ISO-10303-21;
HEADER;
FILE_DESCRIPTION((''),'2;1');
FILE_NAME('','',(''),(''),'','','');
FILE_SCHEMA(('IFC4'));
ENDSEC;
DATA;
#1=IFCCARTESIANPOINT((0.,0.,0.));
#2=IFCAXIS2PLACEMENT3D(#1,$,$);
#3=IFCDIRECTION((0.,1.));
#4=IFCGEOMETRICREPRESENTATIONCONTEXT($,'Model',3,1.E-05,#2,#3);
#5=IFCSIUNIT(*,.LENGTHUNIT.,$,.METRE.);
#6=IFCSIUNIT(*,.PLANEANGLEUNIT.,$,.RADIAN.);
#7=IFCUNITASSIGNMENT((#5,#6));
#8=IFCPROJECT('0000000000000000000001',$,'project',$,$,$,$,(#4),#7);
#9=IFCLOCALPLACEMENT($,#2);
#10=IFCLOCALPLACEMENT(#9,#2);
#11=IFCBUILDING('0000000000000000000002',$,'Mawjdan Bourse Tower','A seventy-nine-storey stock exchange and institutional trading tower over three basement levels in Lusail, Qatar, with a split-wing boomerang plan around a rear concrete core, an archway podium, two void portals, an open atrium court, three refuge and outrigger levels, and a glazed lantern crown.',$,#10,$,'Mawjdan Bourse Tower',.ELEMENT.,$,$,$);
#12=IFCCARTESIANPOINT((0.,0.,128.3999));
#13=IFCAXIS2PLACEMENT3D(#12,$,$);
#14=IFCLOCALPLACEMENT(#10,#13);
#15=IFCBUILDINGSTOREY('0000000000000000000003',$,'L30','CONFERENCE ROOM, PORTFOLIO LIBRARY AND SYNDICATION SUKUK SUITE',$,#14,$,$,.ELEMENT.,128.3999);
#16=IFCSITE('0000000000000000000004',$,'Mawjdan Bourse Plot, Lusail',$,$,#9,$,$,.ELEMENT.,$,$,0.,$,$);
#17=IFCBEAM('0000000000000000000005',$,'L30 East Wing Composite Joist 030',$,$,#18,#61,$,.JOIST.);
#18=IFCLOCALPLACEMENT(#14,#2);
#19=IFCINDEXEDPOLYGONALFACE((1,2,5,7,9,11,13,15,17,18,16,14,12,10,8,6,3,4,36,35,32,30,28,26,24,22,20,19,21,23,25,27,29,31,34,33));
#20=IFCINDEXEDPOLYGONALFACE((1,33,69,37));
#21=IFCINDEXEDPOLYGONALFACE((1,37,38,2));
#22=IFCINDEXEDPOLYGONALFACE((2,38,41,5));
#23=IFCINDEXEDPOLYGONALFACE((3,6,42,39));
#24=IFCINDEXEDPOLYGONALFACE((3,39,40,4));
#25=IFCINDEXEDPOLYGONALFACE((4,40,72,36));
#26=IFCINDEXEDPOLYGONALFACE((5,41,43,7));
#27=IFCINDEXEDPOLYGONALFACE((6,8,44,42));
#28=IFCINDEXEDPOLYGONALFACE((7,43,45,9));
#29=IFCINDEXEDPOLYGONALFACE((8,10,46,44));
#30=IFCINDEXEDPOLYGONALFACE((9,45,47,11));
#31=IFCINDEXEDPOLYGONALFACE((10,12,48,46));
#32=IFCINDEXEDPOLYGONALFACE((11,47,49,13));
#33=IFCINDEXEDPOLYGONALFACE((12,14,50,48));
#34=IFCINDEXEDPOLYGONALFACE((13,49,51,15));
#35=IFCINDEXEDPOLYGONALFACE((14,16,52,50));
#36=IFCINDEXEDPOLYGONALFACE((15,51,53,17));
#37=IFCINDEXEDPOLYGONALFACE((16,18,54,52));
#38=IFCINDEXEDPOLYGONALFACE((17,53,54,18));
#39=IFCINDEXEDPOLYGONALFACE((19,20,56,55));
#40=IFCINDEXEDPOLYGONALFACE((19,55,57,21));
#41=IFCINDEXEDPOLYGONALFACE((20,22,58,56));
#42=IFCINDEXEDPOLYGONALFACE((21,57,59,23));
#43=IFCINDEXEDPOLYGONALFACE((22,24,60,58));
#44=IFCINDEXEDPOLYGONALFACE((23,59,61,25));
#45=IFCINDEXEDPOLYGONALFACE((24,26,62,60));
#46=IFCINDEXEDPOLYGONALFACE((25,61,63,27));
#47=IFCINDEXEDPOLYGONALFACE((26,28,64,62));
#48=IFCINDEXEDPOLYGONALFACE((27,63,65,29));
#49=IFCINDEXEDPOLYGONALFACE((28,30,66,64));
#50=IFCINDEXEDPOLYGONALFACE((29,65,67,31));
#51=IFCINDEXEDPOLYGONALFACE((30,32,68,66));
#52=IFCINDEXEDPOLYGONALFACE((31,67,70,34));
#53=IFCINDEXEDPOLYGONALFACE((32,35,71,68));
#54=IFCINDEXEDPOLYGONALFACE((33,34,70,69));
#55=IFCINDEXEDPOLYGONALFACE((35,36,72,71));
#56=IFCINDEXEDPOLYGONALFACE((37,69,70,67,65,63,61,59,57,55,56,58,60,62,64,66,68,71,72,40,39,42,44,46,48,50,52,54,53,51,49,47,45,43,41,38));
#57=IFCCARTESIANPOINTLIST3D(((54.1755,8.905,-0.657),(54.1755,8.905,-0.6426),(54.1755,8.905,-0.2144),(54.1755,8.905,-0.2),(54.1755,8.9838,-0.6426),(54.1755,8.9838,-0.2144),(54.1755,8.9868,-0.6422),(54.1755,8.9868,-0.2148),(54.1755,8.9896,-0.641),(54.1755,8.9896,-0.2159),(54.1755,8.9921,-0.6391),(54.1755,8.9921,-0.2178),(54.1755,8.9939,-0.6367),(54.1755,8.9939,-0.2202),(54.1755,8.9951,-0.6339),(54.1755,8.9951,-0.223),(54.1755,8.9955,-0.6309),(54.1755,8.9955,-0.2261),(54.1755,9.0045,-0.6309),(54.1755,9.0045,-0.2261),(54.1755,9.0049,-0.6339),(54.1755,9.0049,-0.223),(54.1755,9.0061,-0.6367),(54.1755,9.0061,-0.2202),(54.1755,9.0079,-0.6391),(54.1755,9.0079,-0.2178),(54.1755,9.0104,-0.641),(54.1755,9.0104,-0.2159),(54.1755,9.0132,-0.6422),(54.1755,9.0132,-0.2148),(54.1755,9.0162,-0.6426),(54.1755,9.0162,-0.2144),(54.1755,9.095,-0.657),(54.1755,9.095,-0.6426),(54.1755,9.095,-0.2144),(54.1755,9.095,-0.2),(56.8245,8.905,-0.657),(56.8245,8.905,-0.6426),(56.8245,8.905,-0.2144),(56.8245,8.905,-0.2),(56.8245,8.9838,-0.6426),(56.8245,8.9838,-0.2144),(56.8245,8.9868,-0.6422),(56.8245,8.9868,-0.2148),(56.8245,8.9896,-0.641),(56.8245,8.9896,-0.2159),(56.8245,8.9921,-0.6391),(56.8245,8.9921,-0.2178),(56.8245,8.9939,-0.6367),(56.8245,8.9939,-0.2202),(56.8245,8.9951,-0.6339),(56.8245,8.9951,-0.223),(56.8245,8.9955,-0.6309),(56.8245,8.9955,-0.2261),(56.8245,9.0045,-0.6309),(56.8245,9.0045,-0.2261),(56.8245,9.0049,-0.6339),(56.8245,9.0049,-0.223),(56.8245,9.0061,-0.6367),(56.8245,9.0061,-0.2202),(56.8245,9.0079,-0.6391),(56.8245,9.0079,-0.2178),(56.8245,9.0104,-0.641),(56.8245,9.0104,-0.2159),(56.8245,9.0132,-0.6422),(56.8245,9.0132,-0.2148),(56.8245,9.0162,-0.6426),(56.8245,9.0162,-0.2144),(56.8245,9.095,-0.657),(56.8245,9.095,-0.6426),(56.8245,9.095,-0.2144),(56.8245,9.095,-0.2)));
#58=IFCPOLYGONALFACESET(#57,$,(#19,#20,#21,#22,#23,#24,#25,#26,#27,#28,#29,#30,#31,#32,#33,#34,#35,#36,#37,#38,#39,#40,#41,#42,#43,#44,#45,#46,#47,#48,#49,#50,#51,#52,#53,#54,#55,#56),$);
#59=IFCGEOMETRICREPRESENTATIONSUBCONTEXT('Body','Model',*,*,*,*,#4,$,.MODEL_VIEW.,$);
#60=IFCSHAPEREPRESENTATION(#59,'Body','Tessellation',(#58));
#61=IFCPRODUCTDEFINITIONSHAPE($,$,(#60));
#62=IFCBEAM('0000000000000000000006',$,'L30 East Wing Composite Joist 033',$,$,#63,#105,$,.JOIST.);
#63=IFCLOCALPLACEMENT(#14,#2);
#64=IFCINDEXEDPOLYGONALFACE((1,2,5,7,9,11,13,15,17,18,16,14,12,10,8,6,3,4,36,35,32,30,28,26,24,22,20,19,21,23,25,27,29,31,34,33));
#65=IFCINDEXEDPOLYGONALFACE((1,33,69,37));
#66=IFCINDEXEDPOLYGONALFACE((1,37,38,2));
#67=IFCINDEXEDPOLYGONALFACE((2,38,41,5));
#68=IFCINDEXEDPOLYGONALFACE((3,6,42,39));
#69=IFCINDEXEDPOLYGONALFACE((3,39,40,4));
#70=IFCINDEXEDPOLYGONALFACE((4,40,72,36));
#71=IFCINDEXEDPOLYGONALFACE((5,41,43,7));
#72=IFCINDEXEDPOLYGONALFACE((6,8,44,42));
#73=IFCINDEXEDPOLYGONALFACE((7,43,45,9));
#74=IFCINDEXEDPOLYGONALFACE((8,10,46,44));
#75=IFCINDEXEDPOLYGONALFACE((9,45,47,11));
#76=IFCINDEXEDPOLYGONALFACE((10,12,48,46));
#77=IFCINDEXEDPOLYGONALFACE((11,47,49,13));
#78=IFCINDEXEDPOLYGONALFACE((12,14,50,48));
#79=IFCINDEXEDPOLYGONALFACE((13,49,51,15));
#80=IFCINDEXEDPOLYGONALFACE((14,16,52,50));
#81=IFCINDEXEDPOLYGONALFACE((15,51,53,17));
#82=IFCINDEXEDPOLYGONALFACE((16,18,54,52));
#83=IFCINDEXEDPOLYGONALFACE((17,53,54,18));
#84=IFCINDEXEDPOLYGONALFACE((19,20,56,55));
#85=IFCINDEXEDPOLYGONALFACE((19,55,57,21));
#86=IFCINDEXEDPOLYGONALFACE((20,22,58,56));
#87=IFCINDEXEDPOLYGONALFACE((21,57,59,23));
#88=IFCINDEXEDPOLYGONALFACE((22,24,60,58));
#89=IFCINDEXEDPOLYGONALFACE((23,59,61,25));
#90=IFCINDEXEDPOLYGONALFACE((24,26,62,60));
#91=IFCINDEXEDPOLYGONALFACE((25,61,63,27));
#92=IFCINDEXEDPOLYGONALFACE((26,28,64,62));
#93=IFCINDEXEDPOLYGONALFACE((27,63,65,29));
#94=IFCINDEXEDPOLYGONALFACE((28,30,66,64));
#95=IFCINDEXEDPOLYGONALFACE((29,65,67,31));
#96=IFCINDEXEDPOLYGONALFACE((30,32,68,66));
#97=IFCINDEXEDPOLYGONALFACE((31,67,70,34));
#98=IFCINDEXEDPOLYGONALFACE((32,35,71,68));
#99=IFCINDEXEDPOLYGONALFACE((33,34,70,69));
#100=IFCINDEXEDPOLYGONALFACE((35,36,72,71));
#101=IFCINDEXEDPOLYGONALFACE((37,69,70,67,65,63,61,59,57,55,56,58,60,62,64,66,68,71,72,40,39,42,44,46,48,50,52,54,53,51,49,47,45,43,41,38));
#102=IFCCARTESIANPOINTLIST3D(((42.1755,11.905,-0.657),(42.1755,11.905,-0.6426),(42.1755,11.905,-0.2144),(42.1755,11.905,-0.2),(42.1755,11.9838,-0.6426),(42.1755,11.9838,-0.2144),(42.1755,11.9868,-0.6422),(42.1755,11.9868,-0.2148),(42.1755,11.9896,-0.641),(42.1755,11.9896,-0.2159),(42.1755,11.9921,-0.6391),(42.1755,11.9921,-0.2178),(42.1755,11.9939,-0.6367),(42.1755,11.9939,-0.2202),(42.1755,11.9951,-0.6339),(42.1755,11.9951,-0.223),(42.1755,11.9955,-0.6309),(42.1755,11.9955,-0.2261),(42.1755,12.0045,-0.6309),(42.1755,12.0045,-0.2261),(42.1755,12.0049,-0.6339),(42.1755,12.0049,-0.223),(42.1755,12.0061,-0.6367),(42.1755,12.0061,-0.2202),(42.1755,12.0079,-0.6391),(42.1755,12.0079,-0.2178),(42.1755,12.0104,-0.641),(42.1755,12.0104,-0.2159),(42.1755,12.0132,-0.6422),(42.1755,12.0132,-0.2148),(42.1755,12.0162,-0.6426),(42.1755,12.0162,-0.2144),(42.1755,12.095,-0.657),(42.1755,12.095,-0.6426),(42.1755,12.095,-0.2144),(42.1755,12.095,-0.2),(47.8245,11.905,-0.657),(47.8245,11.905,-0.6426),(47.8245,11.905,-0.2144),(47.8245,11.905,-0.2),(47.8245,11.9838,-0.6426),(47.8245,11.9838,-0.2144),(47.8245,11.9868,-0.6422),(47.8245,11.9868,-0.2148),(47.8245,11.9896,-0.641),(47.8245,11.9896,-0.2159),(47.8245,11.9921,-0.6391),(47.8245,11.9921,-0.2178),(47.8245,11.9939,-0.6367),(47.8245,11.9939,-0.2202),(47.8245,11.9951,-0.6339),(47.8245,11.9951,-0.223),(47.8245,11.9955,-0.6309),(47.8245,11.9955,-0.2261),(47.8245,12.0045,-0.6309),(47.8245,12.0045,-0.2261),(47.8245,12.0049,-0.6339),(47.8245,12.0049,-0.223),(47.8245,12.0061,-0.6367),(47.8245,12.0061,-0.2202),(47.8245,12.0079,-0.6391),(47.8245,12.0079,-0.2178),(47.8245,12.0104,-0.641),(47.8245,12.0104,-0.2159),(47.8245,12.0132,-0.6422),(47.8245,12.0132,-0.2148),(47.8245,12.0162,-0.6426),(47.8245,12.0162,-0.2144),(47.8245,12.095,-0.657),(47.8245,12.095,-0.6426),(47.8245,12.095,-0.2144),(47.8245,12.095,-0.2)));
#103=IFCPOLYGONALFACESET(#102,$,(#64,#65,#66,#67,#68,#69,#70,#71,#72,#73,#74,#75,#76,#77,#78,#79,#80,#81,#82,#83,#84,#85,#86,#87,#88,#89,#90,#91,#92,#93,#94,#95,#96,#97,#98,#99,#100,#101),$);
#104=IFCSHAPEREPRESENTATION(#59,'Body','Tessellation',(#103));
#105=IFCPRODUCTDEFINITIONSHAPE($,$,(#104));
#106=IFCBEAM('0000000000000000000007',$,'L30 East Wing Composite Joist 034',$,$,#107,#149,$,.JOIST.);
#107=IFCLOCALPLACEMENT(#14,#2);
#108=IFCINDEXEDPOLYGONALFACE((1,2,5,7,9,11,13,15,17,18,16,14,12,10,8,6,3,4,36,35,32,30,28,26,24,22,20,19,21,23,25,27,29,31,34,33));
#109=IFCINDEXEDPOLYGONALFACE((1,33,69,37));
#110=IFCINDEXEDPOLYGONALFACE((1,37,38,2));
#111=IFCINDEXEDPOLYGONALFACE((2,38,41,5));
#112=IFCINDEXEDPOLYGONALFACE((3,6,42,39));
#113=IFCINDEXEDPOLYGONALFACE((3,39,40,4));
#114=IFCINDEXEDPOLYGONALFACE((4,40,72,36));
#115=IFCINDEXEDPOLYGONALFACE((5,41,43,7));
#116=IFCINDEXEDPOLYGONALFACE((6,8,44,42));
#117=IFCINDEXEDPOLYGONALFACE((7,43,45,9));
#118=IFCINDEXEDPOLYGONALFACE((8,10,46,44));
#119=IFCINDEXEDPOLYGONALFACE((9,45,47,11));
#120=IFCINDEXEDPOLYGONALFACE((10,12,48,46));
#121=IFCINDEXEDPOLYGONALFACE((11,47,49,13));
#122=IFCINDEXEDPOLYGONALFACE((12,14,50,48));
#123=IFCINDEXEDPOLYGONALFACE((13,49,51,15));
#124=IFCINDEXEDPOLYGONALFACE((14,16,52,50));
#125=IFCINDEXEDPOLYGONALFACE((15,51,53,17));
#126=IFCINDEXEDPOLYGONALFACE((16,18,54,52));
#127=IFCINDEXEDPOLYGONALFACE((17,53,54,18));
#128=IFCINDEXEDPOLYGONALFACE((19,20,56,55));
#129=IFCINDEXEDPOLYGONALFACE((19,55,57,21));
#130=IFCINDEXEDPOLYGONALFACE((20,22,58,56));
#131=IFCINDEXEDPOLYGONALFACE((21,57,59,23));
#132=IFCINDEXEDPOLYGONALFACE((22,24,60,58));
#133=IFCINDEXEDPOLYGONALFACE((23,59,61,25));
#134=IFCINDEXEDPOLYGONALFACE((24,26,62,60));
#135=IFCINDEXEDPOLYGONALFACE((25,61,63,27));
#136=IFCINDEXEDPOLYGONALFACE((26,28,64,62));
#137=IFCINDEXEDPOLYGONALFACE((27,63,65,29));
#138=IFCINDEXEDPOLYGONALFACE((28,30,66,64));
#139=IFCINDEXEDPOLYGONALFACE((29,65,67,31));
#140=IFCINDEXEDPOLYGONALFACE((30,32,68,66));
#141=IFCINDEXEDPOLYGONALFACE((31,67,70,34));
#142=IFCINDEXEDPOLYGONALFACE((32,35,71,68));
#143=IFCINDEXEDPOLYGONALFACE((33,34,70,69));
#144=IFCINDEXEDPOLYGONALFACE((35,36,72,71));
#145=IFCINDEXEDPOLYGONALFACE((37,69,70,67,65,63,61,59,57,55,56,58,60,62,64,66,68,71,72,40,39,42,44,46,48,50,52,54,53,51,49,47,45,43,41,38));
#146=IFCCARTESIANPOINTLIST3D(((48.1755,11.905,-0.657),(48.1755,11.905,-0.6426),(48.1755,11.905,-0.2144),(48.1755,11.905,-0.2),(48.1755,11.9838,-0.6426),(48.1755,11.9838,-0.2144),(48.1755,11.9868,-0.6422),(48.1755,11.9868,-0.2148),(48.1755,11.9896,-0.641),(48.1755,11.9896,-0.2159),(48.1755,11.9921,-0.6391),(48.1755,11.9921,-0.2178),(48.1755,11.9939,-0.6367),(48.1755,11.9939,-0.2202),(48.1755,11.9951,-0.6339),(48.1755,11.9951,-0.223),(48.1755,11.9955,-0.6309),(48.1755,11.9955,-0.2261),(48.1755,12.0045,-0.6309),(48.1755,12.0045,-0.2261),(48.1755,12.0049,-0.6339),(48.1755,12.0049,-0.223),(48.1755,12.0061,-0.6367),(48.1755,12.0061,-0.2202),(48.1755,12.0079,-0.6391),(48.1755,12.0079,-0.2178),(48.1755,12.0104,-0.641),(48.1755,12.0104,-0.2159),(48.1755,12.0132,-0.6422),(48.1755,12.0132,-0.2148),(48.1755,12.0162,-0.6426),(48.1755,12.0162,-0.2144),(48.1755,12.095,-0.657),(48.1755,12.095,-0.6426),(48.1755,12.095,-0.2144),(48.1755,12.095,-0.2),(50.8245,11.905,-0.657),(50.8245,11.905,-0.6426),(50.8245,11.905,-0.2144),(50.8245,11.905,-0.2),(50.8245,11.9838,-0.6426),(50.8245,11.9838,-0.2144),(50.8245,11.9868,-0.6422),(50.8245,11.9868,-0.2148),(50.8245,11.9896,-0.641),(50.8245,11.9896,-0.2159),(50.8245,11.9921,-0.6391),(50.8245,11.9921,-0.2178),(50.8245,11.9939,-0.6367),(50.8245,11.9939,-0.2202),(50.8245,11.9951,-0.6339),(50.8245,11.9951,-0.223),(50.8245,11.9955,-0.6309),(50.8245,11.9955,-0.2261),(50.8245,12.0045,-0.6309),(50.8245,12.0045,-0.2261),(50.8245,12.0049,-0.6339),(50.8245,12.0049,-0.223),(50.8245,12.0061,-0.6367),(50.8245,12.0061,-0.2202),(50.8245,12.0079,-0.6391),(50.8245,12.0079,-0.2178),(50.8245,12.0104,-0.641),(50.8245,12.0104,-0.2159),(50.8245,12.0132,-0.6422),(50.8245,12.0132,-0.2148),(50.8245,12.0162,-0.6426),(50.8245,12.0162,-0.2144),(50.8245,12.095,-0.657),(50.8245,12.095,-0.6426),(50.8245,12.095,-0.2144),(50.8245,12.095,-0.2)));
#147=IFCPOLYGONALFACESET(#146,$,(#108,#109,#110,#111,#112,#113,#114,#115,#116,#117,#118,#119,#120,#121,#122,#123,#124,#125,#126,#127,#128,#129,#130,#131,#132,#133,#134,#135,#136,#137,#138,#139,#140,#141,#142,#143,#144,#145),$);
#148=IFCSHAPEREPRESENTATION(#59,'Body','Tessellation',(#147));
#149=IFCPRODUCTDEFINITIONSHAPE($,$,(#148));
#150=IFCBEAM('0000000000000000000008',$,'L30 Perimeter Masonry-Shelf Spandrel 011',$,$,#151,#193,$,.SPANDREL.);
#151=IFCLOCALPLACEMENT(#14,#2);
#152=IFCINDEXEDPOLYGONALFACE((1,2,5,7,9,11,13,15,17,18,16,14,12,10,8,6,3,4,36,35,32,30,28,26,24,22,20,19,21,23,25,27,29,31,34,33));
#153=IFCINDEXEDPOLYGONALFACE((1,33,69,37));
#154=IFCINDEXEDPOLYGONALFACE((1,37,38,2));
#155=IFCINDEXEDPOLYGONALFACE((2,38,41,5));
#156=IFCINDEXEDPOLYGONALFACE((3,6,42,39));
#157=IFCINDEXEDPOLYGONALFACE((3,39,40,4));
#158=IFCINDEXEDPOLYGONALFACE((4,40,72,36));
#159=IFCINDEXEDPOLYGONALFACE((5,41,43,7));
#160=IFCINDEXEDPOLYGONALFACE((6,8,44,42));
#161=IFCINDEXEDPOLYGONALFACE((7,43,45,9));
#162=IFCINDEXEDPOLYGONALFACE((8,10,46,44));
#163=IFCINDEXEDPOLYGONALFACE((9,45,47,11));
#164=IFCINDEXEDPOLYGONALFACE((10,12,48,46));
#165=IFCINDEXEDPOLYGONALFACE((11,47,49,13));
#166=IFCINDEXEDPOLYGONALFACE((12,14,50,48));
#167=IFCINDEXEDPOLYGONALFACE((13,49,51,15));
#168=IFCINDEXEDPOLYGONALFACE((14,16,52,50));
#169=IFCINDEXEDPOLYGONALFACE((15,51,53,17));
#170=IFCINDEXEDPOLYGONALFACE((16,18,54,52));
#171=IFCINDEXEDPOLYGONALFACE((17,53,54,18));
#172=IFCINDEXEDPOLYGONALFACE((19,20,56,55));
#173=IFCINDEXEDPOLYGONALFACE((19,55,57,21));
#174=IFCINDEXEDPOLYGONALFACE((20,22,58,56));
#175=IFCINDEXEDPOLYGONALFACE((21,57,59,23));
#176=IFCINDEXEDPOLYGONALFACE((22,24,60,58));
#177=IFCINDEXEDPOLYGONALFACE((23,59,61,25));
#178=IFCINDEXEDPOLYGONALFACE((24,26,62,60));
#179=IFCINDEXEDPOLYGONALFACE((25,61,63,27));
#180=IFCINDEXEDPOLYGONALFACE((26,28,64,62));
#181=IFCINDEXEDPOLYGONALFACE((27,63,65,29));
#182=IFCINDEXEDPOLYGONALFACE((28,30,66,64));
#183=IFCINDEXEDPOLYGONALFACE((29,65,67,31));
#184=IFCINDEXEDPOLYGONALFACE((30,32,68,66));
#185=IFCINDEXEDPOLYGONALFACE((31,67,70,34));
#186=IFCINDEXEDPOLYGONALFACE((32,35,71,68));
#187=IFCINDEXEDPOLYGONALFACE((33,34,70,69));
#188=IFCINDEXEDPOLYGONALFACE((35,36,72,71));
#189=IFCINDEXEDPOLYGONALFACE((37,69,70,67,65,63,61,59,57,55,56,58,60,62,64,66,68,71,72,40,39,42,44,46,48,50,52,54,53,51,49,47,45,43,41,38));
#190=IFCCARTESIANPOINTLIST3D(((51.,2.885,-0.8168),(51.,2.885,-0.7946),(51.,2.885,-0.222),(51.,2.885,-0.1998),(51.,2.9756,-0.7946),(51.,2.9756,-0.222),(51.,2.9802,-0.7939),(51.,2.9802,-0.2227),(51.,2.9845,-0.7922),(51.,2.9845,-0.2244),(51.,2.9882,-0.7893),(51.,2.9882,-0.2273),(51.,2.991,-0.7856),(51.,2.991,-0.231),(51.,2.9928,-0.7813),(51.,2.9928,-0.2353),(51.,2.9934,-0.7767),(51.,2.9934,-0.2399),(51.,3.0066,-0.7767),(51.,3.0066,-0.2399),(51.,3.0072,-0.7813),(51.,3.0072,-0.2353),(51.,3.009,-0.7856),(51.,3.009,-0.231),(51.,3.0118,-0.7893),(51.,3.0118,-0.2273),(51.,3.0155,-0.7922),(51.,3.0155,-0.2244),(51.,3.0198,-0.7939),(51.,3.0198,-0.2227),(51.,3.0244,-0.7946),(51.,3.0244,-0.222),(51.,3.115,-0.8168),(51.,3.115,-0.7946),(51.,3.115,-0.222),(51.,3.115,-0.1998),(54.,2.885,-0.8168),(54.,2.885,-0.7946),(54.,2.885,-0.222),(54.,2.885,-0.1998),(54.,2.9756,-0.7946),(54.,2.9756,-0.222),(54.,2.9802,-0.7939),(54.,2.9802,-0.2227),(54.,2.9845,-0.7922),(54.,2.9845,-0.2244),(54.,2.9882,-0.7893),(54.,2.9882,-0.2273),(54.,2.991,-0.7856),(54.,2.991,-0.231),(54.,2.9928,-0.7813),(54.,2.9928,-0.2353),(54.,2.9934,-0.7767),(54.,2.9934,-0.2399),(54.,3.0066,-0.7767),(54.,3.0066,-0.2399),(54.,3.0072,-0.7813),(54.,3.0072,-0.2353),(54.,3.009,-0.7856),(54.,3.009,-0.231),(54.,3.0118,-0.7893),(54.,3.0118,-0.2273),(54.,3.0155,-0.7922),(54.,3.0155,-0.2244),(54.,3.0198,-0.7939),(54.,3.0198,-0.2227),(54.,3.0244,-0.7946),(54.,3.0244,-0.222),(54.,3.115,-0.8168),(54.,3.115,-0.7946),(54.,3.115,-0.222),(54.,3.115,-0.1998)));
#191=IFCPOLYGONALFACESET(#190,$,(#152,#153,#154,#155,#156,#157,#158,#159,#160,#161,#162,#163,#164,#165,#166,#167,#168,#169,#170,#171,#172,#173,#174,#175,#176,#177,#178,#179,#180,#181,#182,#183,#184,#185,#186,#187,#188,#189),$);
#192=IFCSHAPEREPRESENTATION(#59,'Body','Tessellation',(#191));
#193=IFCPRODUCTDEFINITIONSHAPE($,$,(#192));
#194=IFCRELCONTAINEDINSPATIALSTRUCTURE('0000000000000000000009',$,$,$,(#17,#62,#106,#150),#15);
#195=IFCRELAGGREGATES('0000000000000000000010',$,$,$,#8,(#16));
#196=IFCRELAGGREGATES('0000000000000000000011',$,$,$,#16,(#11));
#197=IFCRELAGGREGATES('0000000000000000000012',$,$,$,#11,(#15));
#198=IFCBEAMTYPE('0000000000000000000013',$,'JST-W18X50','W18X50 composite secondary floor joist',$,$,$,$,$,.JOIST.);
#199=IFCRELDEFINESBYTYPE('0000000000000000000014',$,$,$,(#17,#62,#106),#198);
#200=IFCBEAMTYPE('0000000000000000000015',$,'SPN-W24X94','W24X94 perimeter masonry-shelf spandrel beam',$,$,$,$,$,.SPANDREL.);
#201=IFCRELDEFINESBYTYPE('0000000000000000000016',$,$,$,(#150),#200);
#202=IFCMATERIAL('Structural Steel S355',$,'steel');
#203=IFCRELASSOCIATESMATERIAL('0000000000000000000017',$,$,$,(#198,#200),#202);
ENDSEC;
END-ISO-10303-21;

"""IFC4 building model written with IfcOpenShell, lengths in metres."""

from ifc_helpers import new_model, si_unit, direction, frame, origin, origin_2d, place, context, subcontext, project, spatial, i_section, extrude, material, material_profile, profile_set, type_object, element, save


model = new_model("IFC4")

# Units and contexts
model_context = context("Model", 3, precision=1e-05, world=origin(), true_north=direction((0.0, 1.0)))
body_context = subcontext(model_context, "Body", "Model", "MODEL_VIEW")
ifc_project = project(units=[si_unit("LENGTHUNIT", "METRE"), si_unit("PLANEANGLEUNIT", "RADIAN")], contexts=[model_context])

# Site, building, storey
site_placement = place(None, origin())
site = spatial("IfcSite", under=ifc_project, at=site_placement, Name="Mawjdan Bourse Plot, Lusail", CompositionType="ELEMENT", RefElevation=0.0)
building_placement = place(site_placement, origin())
building = spatial("IfcBuilding", under=site, at=building_placement, Name="Mawjdan Bourse Tower", Description="A seventy-nine-storey stock exchange and institutional trading tower over three basement levels in Lusail, Qatar, with a split-wing boomerang plan around a rear concrete core, an archway podium, two void portals, an open atrium court, three refuge and outrigger levels, and a glazed lantern crown.", LongName="Mawjdan Bourse Tower", CompositionType="ELEMENT")
storey_placement = place(building_placement, frame((0.0, 0.0, 128.3999)))
storey = spatial("IfcBuildingStorey", under=building, at=storey_placement, Name="L30", Description="CONFERENCE ROOM, PORTFOLIO LIBRARY AND SYNDICATION SUKUK SUITE", CompositionType="ELEMENT", Elevation=128.3999)

# Shared definitions
ifc_material_1 = material(Name="Structural Steel S355", Category="steel")

# Beams
ifc_material_profile_1 = material_profile(ifc_material_1, i_section(OverallWidth=0.1899, OverallDepth=0.457, WebThickness=0.009, FlangeThickness=0.0144, FilletRadius=0.0117, at=origin_2d()), Name="W18X50")
ifc_profile_set_1 = profile_set([ifc_material_profile_1], Name="Structural Steel S355")
beam_type_1 = type_object("IfcBeamType", Name="JST-W18X50", Description="W18X50 composite secondary floor joist", PredefinedType="JOIST", material=ifc_profile_set_1)
for number, where, z_axis, x_axis, name in (
    (1, (54.1755, 9.0, -0.4285), (1.0, 0.0, 0.0), (0.0, 1.0, 0.0), "L30 East Wing Composite Joist 030"),
):
    element("IfcBeam", number, at=place(storey_placement, frame(where, z_axis=z_axis, x_axis=x_axis)), inside=storey, type_object=beam_type_1, Name=name, PredefinedType="JOIST", context=body_context, shape_type="SweptSolid", body=[
        extrude(i_section(OverallWidth=0.1899, OverallDepth=0.457, WebThickness=0.009, FlangeThickness=0.0144, FilletRadius=0.0117, at=origin_2d()), origin(), (0.0, 0.0, 1.0), 2.6489),
    ])
beam_1_placement = place(storey_placement, frame((42.1755, 12.0, -0.4285), z_axis=(1.0, 0.0, 0.0), x_axis=(0.0, 1.0, 0.0)))
element("IfcBeam", 2, at=beam_1_placement, inside=storey, type_object=beam_type_1, Name="L30 East Wing Composite Joist 033", PredefinedType="JOIST", context=body_context, shape_type="SweptSolid", body=[
    extrude(i_section(OverallWidth=0.1899, OverallDepth=0.457, WebThickness=0.009, FlangeThickness=0.0144, FilletRadius=0.0117, at=origin_2d()), origin(), (0.0, 0.0, 1.0), 5.6489),
])
beam_2_placement = place(storey_placement, frame((48.1755, 12.0, -0.4285), z_axis=(1.0, 0.0, 0.0), x_axis=(0.0, 1.0, 0.0)))
element("IfcBeam", 3, at=beam_2_placement, inside=storey, type_object=beam_type_1, Name="L30 East Wing Composite Joist 034", PredefinedType="JOIST", context=body_context, shape_type="SweptSolid", body=[
    extrude(i_section(OverallWidth=0.1899, OverallDepth=0.457, WebThickness=0.009, FlangeThickness=0.0144, FilletRadius=0.0117, at=origin_2d()), origin(), (0.0, 0.0, 1.0), 2.6489),
])
ifc_material_profile_2 = material_profile(ifc_material_1, i_section(OverallWidth=0.23, OverallDepth=0.6169, WebThickness=0.0132, FlangeThickness=0.0222, FilletRadius=0.0178, at=origin_2d()), Name="W24X94")
ifc_profile_set_2 = profile_set([ifc_material_profile_2], Name="Structural Steel S355")
beam_type_2 = type_object("IfcBeamType", Name="SPN-W24X94", Description="W24X94 perimeter masonry-shelf spandrel beam", PredefinedType="SPANDREL", material=ifc_profile_set_2)
for number, where, z_axis, x_axis, name in (
    (4, (51.0, 3.0, -0.5083), (1.0, 0.0, 0.0), (0.0, 1.0, 0.0), "L30 Perimeter Masonry-Shelf Spandrel 011"),
):
    element("IfcBeam", number, at=place(storey_placement, frame(where, z_axis=z_axis, x_axis=x_axis)), inside=storey, type_object=beam_type_2, Name=name, PredefinedType="SPANDREL", context=body_context, shape_type="SweptSolid", body=[
        extrude(i_section(OverallWidth=0.23, OverallDepth=0.6169, WebThickness=0.0132, FlangeThickness=0.0222, FilletRadius=0.0178, at=origin_2d()), origin(), (0.0, 0.0, 1.0), 3.0),
    ])

save(model, "model.ifc")
